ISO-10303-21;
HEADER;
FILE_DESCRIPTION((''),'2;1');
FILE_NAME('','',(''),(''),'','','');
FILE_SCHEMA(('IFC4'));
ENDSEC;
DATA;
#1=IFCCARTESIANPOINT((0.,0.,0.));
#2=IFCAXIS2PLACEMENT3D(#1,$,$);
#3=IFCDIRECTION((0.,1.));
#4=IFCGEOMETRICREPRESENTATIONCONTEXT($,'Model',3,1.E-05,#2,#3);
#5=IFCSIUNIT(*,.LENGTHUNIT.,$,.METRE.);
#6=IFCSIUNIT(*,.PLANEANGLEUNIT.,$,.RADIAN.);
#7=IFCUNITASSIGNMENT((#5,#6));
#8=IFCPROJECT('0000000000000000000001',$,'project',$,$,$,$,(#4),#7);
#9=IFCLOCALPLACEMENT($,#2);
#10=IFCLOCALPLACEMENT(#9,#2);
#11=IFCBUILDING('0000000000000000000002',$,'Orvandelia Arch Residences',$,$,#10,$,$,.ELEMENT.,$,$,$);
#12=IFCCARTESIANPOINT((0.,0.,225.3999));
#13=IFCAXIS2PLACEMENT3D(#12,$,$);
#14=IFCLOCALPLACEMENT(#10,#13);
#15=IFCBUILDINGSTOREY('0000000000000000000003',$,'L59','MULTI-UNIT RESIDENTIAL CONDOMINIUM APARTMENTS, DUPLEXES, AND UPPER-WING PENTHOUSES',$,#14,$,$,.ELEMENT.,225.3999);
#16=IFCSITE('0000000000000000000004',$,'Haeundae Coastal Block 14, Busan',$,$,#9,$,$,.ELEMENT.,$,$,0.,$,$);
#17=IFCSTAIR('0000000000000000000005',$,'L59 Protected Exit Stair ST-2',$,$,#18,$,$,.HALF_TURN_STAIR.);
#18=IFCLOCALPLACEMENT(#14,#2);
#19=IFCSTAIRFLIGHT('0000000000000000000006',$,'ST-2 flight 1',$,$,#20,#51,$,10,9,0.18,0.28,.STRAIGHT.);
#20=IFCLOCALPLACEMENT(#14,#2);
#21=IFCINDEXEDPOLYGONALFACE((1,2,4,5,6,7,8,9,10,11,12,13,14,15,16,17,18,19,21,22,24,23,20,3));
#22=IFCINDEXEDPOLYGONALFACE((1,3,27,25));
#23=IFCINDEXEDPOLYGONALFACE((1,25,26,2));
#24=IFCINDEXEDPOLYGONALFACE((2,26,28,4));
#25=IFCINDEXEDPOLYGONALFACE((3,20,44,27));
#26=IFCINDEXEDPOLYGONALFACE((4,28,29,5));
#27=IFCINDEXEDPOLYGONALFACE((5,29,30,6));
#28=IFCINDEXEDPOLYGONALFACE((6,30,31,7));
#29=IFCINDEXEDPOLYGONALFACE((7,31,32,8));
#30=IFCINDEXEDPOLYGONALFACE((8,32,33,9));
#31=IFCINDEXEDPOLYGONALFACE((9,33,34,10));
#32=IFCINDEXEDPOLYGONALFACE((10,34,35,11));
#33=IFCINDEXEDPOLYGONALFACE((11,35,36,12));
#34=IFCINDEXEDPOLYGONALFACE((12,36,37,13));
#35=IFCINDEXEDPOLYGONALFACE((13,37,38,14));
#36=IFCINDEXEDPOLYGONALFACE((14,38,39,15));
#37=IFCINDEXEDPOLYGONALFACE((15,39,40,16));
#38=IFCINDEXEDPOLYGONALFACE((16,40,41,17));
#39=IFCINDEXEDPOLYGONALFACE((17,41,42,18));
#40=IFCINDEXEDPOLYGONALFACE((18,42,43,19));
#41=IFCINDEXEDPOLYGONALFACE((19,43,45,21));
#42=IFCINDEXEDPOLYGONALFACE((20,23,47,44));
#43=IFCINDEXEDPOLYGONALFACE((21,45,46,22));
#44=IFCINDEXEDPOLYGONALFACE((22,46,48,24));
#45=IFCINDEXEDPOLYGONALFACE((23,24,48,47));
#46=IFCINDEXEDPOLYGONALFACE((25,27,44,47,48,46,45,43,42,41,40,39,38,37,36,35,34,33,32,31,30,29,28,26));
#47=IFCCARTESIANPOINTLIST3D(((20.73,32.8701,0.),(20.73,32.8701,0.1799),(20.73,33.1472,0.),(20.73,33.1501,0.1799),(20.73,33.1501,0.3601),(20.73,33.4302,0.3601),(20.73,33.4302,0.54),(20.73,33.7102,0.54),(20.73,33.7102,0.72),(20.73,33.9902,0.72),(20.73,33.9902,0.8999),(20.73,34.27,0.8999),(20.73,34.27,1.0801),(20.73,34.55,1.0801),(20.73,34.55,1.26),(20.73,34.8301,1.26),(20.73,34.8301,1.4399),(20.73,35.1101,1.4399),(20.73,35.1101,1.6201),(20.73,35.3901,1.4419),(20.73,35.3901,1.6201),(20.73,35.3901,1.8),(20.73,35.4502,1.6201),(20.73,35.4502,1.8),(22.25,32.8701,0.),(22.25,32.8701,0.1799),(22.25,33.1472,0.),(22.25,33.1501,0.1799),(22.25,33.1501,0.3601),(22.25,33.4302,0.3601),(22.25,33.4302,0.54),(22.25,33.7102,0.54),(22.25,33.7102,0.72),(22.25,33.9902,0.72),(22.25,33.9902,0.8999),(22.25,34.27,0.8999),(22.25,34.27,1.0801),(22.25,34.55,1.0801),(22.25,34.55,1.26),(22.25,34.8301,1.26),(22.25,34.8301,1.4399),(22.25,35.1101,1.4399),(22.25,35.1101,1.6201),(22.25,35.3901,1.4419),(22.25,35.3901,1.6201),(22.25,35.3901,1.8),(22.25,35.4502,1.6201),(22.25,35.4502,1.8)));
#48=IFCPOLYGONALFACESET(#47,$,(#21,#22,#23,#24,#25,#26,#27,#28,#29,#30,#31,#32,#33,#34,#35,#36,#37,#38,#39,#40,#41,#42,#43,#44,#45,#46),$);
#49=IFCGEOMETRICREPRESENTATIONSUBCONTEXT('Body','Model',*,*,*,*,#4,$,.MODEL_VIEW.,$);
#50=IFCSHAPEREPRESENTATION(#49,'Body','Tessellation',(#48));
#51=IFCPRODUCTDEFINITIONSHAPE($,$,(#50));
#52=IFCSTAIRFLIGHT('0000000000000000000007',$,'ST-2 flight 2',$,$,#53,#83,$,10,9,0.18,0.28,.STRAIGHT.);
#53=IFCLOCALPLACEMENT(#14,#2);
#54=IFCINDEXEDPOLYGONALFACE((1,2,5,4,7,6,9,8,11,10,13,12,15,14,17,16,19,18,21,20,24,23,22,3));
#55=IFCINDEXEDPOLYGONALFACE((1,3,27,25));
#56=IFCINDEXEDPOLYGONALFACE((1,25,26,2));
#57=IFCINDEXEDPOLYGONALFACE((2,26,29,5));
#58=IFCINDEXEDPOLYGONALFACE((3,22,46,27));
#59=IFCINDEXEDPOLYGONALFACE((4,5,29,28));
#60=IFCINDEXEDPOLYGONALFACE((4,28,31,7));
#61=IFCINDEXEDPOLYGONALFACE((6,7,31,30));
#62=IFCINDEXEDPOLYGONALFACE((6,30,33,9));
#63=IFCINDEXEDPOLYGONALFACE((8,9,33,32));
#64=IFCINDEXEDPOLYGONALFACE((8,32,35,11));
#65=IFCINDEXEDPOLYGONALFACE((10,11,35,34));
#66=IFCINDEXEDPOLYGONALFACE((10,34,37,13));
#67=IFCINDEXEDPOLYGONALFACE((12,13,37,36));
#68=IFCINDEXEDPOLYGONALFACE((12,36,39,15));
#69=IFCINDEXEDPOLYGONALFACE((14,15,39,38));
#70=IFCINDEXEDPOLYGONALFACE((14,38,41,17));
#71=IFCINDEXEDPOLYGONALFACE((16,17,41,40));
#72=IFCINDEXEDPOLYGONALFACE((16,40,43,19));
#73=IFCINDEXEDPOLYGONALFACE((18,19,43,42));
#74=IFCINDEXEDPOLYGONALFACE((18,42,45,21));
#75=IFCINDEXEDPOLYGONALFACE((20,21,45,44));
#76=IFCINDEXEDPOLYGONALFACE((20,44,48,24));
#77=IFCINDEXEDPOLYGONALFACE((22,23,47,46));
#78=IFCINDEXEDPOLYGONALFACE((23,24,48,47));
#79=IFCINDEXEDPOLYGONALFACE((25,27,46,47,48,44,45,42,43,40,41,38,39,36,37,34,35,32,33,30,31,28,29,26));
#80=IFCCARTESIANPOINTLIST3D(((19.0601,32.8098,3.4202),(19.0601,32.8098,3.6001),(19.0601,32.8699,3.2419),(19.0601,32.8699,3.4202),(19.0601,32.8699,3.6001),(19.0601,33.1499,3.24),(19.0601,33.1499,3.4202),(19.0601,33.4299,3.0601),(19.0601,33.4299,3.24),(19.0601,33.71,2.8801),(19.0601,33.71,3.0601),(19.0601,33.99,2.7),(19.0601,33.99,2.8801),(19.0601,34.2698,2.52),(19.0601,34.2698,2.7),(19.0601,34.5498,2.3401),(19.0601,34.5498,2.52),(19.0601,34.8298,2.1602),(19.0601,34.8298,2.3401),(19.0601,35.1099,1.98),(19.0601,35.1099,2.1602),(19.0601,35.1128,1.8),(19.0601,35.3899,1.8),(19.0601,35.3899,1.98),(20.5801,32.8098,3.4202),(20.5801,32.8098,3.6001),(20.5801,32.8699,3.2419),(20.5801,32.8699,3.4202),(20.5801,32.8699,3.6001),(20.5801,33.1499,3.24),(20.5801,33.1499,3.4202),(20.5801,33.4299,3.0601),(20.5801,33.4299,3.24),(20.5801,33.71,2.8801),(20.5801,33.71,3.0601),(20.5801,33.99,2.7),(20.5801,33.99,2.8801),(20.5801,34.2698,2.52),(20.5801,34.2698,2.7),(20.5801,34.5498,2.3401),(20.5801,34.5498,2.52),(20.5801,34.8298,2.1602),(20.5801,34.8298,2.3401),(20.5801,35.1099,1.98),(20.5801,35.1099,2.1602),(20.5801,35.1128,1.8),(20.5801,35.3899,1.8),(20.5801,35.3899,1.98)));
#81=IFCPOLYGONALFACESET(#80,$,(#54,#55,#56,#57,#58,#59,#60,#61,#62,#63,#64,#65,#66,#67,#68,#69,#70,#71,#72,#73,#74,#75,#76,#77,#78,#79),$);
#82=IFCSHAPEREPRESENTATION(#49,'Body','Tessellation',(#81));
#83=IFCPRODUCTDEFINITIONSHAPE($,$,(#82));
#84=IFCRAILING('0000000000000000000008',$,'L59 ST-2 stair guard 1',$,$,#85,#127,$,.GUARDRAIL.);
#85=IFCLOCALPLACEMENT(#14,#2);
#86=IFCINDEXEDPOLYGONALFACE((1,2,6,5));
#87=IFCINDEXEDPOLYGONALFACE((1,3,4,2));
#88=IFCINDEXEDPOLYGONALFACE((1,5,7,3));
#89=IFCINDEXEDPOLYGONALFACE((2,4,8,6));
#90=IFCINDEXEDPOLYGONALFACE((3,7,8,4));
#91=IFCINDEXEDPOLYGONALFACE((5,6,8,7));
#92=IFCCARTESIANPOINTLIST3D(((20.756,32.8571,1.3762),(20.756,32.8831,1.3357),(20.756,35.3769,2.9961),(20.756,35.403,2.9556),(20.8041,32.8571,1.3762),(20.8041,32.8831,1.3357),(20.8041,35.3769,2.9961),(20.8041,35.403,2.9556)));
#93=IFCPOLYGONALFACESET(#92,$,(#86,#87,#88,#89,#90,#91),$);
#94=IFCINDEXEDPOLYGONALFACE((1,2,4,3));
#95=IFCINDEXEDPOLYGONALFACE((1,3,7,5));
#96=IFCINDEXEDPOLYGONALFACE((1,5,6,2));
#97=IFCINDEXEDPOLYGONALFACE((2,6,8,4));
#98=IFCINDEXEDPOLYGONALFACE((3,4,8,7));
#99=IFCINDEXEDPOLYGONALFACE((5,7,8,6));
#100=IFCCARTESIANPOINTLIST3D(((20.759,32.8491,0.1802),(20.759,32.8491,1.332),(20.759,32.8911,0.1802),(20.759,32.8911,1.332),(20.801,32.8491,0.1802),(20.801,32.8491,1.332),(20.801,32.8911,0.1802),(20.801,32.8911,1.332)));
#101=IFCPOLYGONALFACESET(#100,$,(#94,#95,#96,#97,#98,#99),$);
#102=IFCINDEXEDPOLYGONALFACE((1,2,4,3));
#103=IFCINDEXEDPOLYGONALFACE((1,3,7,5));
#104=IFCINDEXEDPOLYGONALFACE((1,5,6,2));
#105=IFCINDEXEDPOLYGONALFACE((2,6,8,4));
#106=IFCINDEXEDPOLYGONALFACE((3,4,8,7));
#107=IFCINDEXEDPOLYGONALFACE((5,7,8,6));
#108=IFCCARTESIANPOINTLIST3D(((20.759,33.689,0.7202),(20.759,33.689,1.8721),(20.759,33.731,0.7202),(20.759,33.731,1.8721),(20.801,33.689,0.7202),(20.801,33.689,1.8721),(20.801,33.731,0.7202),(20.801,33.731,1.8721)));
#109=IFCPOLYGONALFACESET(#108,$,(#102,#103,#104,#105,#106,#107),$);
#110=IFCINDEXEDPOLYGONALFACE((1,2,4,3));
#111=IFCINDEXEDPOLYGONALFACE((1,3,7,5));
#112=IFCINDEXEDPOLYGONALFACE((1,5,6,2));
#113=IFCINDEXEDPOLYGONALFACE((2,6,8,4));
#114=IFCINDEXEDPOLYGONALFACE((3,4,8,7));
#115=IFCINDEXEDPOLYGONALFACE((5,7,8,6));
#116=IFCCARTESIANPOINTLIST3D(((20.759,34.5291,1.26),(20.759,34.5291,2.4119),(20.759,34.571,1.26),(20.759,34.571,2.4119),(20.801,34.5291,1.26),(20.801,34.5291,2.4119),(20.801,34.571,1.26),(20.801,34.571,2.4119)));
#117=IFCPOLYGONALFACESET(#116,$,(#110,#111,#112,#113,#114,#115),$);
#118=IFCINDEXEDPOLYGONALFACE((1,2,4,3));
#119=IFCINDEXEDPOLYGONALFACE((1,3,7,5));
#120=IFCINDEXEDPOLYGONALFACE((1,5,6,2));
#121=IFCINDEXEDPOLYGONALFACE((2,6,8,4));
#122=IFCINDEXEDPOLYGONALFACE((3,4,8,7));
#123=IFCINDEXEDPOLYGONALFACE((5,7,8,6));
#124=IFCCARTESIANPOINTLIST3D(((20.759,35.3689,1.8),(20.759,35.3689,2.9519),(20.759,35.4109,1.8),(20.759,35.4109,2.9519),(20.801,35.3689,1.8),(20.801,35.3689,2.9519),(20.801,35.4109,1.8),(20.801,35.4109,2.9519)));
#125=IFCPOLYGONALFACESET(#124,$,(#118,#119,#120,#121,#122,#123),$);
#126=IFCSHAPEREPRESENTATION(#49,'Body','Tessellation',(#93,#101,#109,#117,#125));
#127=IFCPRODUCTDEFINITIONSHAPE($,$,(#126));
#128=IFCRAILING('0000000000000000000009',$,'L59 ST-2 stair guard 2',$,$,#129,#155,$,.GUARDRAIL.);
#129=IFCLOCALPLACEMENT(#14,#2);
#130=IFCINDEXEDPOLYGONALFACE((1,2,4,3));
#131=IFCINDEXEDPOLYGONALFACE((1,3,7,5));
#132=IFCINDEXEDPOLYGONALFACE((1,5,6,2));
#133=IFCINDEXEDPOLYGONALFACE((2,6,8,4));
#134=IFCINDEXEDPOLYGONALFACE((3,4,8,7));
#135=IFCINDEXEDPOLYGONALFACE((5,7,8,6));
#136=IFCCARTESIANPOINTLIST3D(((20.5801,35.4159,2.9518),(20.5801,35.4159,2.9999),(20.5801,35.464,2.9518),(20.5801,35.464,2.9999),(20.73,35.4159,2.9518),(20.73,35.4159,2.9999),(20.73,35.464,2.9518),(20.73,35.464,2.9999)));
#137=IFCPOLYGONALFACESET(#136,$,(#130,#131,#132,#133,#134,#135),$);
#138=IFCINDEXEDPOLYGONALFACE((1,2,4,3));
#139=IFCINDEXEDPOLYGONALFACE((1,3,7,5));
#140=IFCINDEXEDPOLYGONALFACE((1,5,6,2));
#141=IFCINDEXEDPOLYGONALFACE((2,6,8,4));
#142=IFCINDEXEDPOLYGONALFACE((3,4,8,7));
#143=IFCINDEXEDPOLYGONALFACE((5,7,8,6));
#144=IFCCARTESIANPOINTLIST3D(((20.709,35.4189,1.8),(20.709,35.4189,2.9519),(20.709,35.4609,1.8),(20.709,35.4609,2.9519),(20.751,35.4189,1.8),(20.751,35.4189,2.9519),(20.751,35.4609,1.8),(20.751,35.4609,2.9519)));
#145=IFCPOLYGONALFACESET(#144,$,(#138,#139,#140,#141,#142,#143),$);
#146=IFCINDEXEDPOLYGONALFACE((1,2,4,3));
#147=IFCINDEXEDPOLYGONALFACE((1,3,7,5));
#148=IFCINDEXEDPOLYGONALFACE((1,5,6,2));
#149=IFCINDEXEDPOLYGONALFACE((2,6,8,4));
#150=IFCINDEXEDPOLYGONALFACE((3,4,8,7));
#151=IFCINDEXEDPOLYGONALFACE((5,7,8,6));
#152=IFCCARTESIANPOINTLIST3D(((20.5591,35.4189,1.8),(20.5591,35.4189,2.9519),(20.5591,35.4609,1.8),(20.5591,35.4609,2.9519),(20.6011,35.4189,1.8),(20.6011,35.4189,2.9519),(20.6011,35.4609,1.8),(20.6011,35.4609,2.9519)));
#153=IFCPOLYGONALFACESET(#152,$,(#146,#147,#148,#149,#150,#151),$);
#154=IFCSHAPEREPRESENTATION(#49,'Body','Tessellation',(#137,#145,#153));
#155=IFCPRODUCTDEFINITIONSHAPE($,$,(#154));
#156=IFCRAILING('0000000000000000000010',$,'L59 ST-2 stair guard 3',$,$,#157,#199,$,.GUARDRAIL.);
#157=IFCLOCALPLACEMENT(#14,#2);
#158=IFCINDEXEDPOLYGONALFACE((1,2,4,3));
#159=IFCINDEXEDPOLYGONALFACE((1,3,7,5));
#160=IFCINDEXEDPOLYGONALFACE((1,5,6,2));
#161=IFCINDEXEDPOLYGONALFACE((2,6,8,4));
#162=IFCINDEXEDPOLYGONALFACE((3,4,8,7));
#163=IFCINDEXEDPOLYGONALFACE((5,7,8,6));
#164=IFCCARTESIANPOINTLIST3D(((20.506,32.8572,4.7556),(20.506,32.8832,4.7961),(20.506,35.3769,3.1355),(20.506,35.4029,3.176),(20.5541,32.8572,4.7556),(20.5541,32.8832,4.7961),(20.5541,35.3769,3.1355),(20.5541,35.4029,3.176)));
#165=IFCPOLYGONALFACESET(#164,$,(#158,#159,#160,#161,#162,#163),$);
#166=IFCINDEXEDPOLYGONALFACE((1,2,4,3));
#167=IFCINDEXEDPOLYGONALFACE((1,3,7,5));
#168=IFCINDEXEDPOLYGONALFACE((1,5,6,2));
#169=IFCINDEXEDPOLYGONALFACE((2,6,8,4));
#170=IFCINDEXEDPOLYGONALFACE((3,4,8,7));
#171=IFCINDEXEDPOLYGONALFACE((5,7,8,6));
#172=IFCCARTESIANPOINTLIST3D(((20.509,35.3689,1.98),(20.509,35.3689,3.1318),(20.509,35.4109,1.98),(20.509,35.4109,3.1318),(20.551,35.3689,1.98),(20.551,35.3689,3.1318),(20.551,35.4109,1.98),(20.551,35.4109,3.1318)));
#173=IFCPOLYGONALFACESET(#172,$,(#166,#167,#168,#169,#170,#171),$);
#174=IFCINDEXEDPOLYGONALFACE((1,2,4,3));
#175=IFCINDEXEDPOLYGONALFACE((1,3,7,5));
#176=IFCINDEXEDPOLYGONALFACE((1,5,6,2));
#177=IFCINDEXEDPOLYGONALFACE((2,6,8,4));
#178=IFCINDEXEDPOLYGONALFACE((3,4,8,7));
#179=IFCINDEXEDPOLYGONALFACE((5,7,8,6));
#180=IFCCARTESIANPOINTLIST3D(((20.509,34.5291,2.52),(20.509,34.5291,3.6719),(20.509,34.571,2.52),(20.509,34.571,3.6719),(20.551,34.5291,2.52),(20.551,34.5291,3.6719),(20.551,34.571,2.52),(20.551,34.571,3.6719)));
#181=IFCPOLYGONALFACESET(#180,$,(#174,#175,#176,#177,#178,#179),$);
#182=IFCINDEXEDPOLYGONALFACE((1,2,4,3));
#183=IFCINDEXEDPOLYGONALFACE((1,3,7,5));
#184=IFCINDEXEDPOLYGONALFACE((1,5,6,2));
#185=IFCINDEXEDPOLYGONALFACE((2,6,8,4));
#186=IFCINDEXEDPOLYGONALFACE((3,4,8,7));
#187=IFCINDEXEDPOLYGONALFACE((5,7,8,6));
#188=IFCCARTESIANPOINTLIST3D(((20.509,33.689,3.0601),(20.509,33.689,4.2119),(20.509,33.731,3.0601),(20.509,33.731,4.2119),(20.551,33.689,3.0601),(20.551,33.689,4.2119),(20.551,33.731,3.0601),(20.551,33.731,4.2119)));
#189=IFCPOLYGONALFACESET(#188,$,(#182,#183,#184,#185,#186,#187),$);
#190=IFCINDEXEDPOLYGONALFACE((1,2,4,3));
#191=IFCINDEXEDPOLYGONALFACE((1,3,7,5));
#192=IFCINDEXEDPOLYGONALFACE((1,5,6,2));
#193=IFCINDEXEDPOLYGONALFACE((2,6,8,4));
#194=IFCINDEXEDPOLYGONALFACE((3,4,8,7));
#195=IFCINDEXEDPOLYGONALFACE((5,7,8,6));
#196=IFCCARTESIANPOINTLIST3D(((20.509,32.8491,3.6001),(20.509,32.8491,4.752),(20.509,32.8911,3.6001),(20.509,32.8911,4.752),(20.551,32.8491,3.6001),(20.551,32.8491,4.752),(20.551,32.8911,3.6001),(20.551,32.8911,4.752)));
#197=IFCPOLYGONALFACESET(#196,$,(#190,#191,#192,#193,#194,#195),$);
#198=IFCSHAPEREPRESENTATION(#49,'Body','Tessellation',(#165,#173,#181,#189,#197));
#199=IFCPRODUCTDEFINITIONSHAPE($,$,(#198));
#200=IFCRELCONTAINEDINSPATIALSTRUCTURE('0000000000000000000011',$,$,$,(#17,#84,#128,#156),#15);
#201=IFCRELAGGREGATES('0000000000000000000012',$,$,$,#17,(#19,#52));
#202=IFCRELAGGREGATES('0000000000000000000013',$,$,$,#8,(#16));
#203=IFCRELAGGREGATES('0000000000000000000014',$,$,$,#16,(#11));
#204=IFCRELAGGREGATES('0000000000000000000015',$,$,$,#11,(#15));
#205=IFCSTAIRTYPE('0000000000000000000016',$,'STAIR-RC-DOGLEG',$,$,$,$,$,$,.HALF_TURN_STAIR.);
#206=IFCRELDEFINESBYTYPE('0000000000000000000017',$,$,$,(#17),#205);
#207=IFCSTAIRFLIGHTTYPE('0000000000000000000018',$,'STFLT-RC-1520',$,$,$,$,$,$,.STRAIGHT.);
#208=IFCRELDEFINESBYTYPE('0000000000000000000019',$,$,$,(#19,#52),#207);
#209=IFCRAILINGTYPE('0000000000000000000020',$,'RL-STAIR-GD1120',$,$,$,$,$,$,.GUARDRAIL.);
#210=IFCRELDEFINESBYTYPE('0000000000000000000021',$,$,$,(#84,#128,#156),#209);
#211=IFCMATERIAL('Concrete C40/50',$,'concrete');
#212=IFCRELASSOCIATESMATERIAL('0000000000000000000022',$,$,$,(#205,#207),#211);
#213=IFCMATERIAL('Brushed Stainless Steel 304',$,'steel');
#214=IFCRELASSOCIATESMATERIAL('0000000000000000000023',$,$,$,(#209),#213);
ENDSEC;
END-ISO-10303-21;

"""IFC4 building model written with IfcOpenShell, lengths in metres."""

from ifc_helpers import new_model, si_unit, direction, frame, origin, origin_2d, place, context, subcontext, project, spatial, polyline, rectangle, outline, extrude, material, type_object, element, aggregate, save


model = new_model("IFC4")

# Units and contexts
model_context = context("Model", 3, precision=1e-05, world=origin(), true_north=direction((0.0, 1.0)))
body_context = subcontext(model_context, "Body", "Model", "MODEL_VIEW")
ifc_project = project(units=[si_unit("LENGTHUNIT", "METRE"), si_unit("PLANEANGLEUNIT", "RADIAN")], contexts=[model_context])

# Site, building, storey
site_placement = place(None, origin())
site = spatial("IfcSite", under=ifc_project, at=site_placement, Name="Haeundae Coastal Block 14, Busan", CompositionType="ELEMENT", RefElevation=0.0)
building_placement = place(site_placement, origin())
building = spatial("IfcBuilding", under=site, at=building_placement, Name="Orvandelia Arch Residences", CompositionType="ELEMENT")
storey_placement = place(building_placement, frame((0.0, 0.0, 225.3999)))
storey = spatial("IfcBuildingStorey", under=building, at=storey_placement, Name="L59", Description="MULTI-UNIT RESIDENTIAL CONDOMINIUM APARTMENTS, DUPLEXES, AND UPPER-WING PENTHOUSES", CompositionType="ELEMENT", Elevation=225.3999)

# Stair, stair flights
ifc_material_1 = material(Name="Concrete C40/50", Category="concrete")
stair_type = type_object("IfcStairType", Name="STAIR-RC-DOGLEG", PredefinedType="HALF_TURN_STAIR", material=ifc_material_1)
stair_placement = place(storey_placement, origin())
stair = element("IfcStair", 1, at=stair_placement, inside=storey, type_object=stair_type, Name="L59 Protected Exit Stair ST-2", PredefinedType="HALF_TURN_STAIR")
stair_flight_type = type_object("IfcStairFlightType", Name="STFLT-RC-1520", PredefinedType="STRAIGHT", material=ifc_material_1)
stair_flight_1_placement = place(storey_placement, frame((21.49, 32.8701, 0.0), z_axis=(0.0, 0.0, 1.0), x_axis=(0.0, 1.0, 0.0)))
stair_flight_1 = element("IfcStairFlight", 2, at=stair_flight_1_placement, type_object=stair_flight_type, Name="ST-2 flight 1", NumberOfRisers=10, NumberOfTreads=9, PredefinedType="STRAIGHT", RiserHeight=0.18, TreadLength=0.28, context=body_context, shape_type="SweptSolid", body=[
    extrude(outline(polyline([(0.0, 0.0), (0.0, 0.1799), (0.28, 0.1799), (0.28, 0.3601), (0.5601, 0.3601), (0.5601, 0.54), (0.8401, 0.54), (0.8401, 0.72), (1.1201, 0.72), (1.1201, 0.8999), (1.3999, 0.8999), (1.3999, 1.0801), (1.6799, 1.0801), (1.6799, 1.26), (1.96, 1.26), (1.96, 1.4399), (2.24, 1.4399), (2.24, 1.6201), (2.52, 1.6201), (2.52, 1.8), (2.5801, 1.8), (2.5801, 1.6201), (2.52, 1.4419), (0.2771, 0.0), (0.0, 0.0)])), frame((0.0, 0.76, 0.0), z_axis=(0.0, -1.0, 0.0), x_axis=(1.0, 0.0, 0.0)), (0.0, 0.0, 1.0), 1.52),
])
stair_flight_2_placement = place(storey_placement, frame((19.8201, 35.3899, 1.8), z_axis=(0.0, 0.0, 1.0), x_axis=(0.0, -1.0, 0.0)))
stair_flight_2 = element("IfcStairFlight", 3, at=stair_flight_2_placement, type_object=stair_flight_type, Name="ST-2 flight 2", NumberOfRisers=10, NumberOfTreads=9, PredefinedType="STRAIGHT", RiserHeight=0.18, TreadLength=0.28, context=body_context, shape_type="SweptSolid", body=[
    extrude(outline(polyline([(0.0, 0.0), (0.0, 0.1799), (0.28, 0.1799), (0.28, 0.3601), (0.5601, 0.3601), (0.5601, 0.54), (0.8401, 0.54), (0.8401, 0.72), (1.1201, 0.72), (1.1201, 0.8999), (1.3999, 0.8999), (1.3999, 1.0801), (1.6799, 1.0801), (1.6799, 1.26), (1.96, 1.26), (1.96, 1.4399), (2.24, 1.4399), (2.24, 1.6201), (2.52, 1.6201), (2.52, 1.8), (2.5801, 1.8), (2.5801, 1.6201), (2.52, 1.4419), (0.2771, 0.0), (0.0, 0.0)])), frame((0.0, 0.76, 0.0), z_axis=(0.0, -1.0, 0.0), x_axis=(1.0, 0.0, 0.0)), (0.0, 0.0, 1.0), 1.52),
])
aggregate(stair, [stair_flight_1, stair_flight_2])

# Railings
ifc_material_2 = material(Name="Brushed Stainless Steel 304", Category="steel")
railing_type_1 = type_object("IfcRailingType", Name="RL-STAIR-GD1120", PredefinedType="GUARDRAIL", material=ifc_material_2)
railing_1_placement = place(storey_placement, frame((20.78, 32.8701, 0.1802)))
element("IfcRailing", 4, at=railing_1_placement, inside=storey, type_object=railing_type_1, Name="L59 ST-2 stair guard 1", PredefinedType="GUARDRAIL", context=body_context, shape_type="SweptSolid", body=[
    extrude(rectangle(XDim=0.0481, YDim=0.0481, at=origin_2d()), frame((0.0, 0.0, 1.1758), z_axis=(0.0, 0.841176, 0.540762), x_axis=(-1.0, 0.0, 0.0)), (0.0, 0.0, 1.0), 2.9956),
    extrude(rectangle(XDim=0.042, YDim=0.042, at=origin_2d()), origin(), (0.0, 0.0, 1.0), 1.1519),
    extrude(rectangle(XDim=0.042, YDim=0.042, at=origin_2d()), frame((0.0, 0.8398, 0.54)), (0.0, 0.0, 1.0), 1.1519),
    extrude(rectangle(XDim=0.042, YDim=0.042, at=origin_2d()), frame((0.0, 1.6799, 1.0798)), (0.0, 0.0, 1.0), 1.1519),
    extrude(rectangle(XDim=0.042, YDim=0.042, at=origin_2d()), frame((0.0, 2.5198, 1.6199)), (0.0, 0.0, 1.0), 1.1519),
])
railing_2_placement = place(storey_placement, frame((20.73, 35.4399, 1.8)))
element("IfcRailing", 5, at=railing_2_placement, inside=storey, type_object=railing_type_1, Name="L59 ST-2 stair guard 2", PredefinedType="GUARDRAIL", context=body_context, shape_type="SweptSolid", body=[
    extrude(rectangle(XDim=0.0481, YDim=0.0481, at=origin_2d()), frame((0.0, 0.0, 1.1758), z_axis=(-1.0, 0.0, 0.0), x_axis=(0.0, -1.0, 0.0)), (0.0, 0.0, 1.0), 0.1499),
    extrude(rectangle(XDim=0.042, YDim=0.042, at=origin_2d()), origin(), (0.0, 0.0, 1.0), 1.1519),
    extrude(rectangle(XDim=0.042, YDim=0.042, at=origin_2d()), frame((-0.1499, 0.0, 0.0)), (0.0, 0.0, 1.0), 1.1519),
])
railing_3_placement = place(storey_placement, frame((20.53, 35.3899, 1.98)))
element("IfcRailing", 6, at=railing_3_placement, inside=storey, type_object=railing_type_1, Name="L59 ST-2 stair guard 3", PredefinedType="GUARDRAIL", context=body_context, shape_type="SweptSolid", body=[
    extrude(rectangle(XDim=0.0481, YDim=0.0481, at=origin_2d()), frame((0.0, 0.0, 1.1758), z_axis=(0.0, -0.841139, 0.540819), x_axis=(1.0, 0.0, 0.0)), (0.0, 0.0, 1.0), 2.9956),
    extrude(rectangle(XDim=0.042, YDim=0.042, at=origin_2d()), origin(), (0.0, 0.0, 1.0), 1.1519),
    extrude(rectangle(XDim=0.042, YDim=0.042, at=origin_2d()), frame((0.0, -0.8398, 0.54)), (0.0, 0.0, 1.0), 1.1519),
    extrude(rectangle(XDim=0.042, YDim=0.042, at=origin_2d()), frame((0.0, -1.6799, 1.0801)), (0.0, 0.0, 1.0), 1.1519),
    extrude(rectangle(XDim=0.042, YDim=0.042, at=origin_2d()), frame((0.0, -2.5198, 1.6201)), (0.0, 0.0, 1.0), 1.1519),
])

save(model, "model.ifc")
